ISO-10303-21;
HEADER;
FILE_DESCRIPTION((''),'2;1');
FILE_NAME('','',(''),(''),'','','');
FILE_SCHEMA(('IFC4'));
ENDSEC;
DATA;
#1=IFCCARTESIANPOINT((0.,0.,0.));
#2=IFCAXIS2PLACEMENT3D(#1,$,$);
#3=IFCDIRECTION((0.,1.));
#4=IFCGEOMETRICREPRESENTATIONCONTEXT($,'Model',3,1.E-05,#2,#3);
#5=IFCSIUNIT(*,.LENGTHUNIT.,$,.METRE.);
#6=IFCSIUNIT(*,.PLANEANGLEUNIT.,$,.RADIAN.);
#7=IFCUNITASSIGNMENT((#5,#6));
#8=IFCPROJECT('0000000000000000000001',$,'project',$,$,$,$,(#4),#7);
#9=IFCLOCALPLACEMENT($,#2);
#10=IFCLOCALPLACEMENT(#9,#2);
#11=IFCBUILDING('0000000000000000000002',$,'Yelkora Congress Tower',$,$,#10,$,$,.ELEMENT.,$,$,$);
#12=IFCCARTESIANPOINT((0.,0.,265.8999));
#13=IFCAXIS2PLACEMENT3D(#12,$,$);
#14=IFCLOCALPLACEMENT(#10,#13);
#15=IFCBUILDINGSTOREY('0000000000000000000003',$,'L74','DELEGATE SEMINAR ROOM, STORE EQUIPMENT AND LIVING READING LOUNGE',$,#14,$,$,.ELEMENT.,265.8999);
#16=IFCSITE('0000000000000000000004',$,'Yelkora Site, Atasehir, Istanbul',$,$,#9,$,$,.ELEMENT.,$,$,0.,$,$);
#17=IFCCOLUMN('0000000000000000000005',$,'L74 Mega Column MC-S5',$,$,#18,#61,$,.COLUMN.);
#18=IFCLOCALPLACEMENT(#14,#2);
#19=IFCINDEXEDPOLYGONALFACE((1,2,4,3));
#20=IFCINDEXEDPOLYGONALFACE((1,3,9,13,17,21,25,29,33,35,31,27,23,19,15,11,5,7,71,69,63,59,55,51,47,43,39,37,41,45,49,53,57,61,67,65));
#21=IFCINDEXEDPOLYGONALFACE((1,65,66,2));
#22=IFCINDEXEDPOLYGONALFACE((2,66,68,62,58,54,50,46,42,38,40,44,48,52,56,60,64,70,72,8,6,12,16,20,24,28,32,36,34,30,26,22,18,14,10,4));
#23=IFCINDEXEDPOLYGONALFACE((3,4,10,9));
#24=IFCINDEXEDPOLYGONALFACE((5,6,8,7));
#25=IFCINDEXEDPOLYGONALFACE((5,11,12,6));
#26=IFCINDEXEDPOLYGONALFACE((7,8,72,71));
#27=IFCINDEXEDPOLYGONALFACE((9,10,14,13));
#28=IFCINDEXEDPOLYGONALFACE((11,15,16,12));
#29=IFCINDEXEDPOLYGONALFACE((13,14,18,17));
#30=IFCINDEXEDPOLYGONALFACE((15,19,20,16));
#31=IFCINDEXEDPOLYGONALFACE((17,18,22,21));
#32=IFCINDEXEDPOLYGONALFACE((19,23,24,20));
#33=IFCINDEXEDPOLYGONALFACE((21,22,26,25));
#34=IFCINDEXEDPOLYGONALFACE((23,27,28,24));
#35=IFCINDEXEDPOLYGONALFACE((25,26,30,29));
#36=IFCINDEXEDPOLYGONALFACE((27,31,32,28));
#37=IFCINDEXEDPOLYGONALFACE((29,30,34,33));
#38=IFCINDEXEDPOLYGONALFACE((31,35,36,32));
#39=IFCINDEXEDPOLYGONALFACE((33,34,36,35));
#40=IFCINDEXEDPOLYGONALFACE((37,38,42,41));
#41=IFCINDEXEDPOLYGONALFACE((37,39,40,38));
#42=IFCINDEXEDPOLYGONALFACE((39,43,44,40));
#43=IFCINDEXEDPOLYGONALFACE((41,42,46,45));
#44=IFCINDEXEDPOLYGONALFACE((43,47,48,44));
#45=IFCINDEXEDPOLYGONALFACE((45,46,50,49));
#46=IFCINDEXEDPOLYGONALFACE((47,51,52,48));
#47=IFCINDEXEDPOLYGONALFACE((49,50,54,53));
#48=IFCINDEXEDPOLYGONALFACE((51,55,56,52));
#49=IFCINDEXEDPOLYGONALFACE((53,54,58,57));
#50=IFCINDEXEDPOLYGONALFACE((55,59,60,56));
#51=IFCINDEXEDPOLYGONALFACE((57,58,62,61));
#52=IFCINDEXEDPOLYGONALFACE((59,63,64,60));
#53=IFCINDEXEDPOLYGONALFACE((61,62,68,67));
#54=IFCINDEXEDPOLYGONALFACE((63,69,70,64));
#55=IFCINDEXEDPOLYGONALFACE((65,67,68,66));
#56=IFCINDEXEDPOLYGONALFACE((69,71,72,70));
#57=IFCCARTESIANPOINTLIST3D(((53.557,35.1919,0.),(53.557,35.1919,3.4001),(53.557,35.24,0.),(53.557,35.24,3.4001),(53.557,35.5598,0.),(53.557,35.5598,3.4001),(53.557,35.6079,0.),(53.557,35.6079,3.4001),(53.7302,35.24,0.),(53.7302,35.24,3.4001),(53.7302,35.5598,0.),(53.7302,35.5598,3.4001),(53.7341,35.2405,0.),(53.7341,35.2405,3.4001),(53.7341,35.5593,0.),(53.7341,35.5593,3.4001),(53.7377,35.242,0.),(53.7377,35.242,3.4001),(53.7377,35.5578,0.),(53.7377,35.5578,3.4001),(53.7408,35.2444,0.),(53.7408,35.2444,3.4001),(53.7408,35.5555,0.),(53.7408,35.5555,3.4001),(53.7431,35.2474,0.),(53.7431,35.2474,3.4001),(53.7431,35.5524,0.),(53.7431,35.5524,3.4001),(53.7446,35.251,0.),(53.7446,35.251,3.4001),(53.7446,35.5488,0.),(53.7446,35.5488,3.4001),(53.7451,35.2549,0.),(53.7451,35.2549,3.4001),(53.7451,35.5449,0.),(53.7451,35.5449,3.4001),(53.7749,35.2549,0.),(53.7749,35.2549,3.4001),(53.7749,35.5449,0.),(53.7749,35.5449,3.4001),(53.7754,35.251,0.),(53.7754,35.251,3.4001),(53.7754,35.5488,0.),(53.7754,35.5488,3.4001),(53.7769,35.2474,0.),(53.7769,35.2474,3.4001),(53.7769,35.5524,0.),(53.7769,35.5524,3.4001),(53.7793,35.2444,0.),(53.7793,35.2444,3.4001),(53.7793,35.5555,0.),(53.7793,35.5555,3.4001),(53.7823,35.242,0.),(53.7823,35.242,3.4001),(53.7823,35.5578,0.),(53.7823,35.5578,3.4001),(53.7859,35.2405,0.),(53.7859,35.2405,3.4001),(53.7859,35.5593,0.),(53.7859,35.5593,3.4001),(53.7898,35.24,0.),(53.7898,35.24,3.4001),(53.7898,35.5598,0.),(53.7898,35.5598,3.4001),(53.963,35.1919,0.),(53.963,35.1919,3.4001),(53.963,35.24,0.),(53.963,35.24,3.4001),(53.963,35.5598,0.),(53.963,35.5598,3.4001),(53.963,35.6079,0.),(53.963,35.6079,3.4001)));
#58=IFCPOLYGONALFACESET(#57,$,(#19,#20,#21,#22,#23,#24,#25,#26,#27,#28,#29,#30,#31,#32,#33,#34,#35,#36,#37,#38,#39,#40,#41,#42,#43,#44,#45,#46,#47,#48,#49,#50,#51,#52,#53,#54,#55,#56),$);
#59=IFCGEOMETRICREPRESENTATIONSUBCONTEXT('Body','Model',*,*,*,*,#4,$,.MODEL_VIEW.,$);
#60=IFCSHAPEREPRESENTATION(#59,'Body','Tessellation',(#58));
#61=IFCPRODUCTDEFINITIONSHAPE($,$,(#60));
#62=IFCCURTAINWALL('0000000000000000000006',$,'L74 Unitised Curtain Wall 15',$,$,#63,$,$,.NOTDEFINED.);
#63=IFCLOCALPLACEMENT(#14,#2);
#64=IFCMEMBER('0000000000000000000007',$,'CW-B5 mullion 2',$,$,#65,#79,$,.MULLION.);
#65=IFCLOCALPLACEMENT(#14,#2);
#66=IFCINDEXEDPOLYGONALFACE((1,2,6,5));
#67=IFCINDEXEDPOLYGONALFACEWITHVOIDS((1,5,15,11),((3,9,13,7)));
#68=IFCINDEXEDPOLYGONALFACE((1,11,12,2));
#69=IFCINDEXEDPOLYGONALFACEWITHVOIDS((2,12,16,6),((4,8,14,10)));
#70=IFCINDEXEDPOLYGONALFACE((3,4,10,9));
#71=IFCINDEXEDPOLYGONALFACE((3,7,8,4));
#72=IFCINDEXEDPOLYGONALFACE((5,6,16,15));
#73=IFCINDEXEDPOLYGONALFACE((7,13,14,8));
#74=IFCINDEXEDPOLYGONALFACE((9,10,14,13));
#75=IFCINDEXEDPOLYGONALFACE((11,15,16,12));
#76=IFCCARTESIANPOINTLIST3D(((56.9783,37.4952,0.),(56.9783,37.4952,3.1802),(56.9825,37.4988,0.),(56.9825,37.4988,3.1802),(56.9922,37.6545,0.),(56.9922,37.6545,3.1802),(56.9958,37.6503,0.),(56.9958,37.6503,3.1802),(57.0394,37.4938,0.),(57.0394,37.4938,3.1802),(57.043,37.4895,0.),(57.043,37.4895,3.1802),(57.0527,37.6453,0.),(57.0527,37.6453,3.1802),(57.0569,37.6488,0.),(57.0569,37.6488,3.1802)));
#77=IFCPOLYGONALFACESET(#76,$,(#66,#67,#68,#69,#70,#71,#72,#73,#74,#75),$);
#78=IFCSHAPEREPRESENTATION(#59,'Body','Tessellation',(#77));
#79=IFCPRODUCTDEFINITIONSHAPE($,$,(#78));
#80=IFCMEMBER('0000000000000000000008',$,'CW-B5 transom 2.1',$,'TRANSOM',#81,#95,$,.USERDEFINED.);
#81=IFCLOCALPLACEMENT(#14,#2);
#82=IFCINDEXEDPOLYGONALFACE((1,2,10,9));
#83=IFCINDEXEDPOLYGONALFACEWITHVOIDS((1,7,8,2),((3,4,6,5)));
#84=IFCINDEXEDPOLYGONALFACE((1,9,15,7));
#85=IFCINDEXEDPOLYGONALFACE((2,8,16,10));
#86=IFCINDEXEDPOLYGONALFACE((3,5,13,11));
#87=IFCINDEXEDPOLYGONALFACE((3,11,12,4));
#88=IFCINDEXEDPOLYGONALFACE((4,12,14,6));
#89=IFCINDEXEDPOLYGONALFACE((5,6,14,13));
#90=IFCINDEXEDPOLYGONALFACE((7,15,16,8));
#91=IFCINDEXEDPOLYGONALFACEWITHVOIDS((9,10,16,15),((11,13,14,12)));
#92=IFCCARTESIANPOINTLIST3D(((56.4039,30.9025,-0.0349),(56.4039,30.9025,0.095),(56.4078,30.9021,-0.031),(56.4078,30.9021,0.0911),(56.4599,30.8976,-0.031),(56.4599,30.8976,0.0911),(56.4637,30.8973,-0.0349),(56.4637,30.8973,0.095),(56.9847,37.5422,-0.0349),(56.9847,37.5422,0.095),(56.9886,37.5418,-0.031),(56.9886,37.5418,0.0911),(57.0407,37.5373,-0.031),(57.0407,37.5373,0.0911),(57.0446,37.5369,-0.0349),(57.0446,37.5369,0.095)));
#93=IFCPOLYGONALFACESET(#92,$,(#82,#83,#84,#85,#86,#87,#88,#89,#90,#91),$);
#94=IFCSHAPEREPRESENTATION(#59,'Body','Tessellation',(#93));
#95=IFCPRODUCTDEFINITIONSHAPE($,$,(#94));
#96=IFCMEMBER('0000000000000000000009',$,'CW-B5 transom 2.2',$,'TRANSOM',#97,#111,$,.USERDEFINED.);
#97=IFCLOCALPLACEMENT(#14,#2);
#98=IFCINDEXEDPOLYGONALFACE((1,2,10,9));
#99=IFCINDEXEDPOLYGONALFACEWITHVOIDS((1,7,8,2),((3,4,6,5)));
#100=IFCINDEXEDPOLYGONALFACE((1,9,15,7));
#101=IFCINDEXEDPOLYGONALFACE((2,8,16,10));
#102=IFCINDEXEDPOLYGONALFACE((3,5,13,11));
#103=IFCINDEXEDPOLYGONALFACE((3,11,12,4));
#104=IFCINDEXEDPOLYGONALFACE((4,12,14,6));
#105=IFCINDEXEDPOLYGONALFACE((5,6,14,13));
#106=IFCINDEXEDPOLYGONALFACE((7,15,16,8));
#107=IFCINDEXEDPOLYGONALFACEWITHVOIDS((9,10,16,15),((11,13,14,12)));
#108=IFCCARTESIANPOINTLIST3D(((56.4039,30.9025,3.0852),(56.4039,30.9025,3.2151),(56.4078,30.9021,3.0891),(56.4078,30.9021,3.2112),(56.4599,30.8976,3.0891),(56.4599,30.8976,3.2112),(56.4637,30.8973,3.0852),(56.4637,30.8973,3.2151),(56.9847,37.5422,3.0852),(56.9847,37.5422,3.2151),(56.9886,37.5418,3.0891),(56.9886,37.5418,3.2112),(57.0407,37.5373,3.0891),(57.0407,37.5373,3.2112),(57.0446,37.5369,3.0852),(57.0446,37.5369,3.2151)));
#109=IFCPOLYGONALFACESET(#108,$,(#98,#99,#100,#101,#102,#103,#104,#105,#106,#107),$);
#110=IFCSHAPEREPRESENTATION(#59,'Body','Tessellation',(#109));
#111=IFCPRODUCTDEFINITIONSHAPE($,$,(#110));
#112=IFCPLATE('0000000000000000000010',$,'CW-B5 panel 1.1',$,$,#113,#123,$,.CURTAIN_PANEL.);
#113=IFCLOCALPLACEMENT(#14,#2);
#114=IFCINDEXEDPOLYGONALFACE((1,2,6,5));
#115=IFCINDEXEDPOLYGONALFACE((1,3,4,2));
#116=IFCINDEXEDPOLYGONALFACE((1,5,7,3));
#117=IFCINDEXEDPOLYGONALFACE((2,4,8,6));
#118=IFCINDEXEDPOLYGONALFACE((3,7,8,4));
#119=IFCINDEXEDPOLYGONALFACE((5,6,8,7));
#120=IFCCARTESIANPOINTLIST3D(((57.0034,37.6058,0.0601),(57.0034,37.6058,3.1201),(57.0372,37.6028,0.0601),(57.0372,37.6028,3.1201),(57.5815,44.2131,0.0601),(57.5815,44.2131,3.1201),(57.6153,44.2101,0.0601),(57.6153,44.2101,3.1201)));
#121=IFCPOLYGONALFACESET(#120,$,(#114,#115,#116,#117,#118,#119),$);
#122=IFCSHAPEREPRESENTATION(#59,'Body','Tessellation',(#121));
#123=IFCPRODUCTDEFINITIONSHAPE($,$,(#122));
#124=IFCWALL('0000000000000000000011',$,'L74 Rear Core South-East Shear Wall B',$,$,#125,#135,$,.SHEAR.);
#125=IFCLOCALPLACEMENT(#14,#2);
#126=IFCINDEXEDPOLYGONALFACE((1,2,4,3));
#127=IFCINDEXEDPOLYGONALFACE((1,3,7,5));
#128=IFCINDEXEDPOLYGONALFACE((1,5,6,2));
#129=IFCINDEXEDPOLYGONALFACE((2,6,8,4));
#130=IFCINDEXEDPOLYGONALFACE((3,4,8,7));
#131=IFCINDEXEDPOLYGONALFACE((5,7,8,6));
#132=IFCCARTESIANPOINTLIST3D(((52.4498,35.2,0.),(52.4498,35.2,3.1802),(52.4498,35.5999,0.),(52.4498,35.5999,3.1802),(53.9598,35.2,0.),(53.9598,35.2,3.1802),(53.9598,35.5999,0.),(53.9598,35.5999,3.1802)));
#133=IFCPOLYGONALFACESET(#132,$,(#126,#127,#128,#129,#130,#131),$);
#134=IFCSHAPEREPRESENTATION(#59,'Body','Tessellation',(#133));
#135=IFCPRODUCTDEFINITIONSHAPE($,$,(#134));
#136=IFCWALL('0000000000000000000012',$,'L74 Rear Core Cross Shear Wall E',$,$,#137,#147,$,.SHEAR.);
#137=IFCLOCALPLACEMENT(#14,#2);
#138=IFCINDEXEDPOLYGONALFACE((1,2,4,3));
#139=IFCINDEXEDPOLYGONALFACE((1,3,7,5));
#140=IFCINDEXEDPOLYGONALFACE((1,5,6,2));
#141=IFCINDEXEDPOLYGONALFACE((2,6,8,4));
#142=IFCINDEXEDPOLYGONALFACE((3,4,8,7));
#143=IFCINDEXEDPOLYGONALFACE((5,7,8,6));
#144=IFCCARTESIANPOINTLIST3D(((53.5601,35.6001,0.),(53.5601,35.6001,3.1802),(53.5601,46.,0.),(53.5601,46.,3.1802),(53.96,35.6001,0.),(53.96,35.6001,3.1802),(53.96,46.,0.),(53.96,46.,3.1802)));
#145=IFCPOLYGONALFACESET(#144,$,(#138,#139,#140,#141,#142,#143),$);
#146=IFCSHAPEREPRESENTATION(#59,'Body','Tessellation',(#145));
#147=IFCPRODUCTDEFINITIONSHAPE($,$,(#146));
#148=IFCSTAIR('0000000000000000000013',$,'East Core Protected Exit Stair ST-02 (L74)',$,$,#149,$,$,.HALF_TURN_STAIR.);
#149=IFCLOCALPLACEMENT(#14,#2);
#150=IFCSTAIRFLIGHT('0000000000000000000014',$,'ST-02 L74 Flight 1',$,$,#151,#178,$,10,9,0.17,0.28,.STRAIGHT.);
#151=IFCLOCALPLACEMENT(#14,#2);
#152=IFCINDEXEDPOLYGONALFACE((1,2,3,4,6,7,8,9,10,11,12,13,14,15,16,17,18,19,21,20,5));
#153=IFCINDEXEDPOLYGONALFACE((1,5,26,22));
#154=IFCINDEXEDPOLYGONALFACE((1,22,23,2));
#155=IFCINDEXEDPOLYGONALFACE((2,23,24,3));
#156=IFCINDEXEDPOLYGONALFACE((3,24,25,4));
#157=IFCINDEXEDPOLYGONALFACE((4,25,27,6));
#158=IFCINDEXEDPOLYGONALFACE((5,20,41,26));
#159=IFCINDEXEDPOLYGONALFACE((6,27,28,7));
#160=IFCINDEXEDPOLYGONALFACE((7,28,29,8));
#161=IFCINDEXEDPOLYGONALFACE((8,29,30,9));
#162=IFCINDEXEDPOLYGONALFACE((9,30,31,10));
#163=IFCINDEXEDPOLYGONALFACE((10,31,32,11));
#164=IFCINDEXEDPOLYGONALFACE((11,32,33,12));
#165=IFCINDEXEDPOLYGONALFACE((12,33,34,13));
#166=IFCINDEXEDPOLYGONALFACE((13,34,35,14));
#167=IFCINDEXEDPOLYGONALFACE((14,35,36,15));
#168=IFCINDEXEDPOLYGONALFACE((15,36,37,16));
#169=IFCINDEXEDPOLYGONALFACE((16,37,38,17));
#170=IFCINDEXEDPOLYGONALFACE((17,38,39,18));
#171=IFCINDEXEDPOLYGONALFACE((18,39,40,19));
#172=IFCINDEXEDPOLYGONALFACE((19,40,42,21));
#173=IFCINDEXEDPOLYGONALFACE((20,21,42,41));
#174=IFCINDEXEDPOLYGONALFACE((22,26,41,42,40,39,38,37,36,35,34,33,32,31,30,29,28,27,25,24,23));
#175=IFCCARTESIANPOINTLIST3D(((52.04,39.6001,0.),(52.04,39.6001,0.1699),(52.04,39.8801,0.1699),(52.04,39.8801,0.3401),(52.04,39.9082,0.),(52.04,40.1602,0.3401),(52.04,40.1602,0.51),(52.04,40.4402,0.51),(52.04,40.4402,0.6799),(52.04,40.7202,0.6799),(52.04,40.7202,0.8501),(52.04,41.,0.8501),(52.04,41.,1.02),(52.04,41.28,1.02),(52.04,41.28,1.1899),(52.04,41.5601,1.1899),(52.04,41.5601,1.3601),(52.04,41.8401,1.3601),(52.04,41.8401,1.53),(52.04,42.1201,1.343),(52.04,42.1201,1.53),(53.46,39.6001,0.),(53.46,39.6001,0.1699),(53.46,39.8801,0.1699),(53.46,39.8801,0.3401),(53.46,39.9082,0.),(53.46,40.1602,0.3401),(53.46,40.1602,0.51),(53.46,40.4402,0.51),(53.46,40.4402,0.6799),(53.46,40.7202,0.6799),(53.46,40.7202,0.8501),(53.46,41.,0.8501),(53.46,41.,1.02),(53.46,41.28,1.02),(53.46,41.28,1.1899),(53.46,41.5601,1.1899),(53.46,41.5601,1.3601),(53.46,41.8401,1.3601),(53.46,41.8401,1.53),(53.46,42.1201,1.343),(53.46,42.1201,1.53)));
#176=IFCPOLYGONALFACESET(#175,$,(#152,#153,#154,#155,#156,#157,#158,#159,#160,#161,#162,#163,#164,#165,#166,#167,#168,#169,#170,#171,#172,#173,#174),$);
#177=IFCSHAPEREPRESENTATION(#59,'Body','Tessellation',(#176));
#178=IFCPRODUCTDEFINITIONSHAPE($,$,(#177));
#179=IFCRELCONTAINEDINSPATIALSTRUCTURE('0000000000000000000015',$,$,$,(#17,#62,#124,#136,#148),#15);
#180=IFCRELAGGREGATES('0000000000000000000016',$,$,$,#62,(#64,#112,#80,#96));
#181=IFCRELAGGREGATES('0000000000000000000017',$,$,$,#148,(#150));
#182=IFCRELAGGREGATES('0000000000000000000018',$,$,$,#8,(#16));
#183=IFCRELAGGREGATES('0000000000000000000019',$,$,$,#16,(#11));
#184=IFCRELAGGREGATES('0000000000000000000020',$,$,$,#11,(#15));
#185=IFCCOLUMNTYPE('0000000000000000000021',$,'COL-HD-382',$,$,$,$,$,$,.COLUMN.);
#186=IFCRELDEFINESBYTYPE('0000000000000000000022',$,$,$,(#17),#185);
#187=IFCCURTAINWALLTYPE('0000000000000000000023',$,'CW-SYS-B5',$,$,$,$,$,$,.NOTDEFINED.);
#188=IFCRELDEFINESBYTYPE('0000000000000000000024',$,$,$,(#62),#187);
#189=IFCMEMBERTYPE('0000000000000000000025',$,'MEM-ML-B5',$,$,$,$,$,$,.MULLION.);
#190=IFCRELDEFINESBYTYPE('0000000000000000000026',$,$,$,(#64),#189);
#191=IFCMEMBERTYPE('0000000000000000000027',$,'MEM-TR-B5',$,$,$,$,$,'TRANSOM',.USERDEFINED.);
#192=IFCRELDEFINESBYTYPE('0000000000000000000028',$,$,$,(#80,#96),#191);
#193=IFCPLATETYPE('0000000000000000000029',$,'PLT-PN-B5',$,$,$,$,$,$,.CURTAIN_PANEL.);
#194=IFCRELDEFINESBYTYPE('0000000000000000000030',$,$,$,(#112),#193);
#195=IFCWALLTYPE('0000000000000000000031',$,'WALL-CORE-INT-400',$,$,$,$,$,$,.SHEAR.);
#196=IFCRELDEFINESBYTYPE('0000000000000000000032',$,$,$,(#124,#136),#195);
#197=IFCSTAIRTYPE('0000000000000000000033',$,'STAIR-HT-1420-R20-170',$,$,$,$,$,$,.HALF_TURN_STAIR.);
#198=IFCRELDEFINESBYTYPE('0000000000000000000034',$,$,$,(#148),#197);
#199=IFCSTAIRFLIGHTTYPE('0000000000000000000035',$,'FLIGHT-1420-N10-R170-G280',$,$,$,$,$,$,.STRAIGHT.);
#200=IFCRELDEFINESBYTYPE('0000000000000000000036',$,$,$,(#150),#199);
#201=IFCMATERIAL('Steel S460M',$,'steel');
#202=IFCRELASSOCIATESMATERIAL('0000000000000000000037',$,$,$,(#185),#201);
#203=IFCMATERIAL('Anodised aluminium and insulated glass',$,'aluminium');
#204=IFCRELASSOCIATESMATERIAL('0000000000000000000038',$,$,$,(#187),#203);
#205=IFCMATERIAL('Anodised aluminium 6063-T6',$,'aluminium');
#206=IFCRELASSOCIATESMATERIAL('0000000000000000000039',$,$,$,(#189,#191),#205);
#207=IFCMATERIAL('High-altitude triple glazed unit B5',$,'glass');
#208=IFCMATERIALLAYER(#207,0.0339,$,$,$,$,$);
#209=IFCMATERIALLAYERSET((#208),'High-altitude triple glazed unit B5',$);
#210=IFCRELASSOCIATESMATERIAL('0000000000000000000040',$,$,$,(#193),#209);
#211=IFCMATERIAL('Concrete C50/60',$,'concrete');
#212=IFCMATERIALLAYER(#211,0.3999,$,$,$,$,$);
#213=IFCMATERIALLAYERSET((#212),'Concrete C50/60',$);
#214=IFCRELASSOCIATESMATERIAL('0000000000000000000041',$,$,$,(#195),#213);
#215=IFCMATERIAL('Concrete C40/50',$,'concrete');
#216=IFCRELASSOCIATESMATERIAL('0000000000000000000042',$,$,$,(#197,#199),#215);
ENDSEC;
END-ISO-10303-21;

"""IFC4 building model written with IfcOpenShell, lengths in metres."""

from ifc_helpers import new_model, si_unit, direction, frame, frame_2d, origin, origin_2d, place, context, subcontext, project, spatial, polyline, rectangle, hollow_rectangle, i_section, outline, extrude, material, layer, layer_set, material_profile, profile_set, type_object, element, aggregate, save


model = new_model("IFC4")

# Units and contexts
model_context = context("Model", 3, precision=1e-05, world=origin(), true_north=direction((0.0, 1.0)))
body_context = subcontext(model_context, "Body", "Model", "MODEL_VIEW")
ifc_project = project(units=[si_unit("LENGTHUNIT", "METRE"), si_unit("PLANEANGLEUNIT", "RADIAN")], contexts=[model_context])

# Site, building, storey
site_placement = place(None, origin())
site = spatial("IfcSite", under=ifc_project, at=site_placement, Name="Yelkora Site, Atasehir, Istanbul", CompositionType="ELEMENT", RefElevation=0.0)
building_placement = place(site_placement, origin())
building = spatial("IfcBuilding", under=site, at=building_placement, Name="Yelkora Congress Tower", CompositionType="ELEMENT")
storey_placement = place(building_placement, frame((0.0, 0.0, 265.8999)))
storey = spatial("IfcBuildingStorey", under=building, at=storey_placement, Name="L74", Description="DELEGATE SEMINAR ROOM, STORE EQUIPMENT AND LIVING READING LOUNGE", CompositionType="ELEMENT", Elevation=265.8999)

# Column
ifc_material_1 = material(Name="Steel S460M", Category="steel")
ifc_material_profile_1 = material_profile(ifc_material_1, i_section(OverallWidth=0.406, OverallDepth=0.416, WebThickness=0.0298, FlangeThickness=0.0481, FilletRadius=0.0149, at=origin_2d()), Name="HD 400x382")
ifc_profile_set_1 = profile_set([ifc_material_profile_1], Name="Steel S460M")
column_type = type_object("IfcColumnType", Name="COL-HD-382", PredefinedType="COLUMN", material=ifc_profile_set_1)
column_placement = place(storey_placement, frame((53.76, 35.3999, 0.0), z_axis=(0.0, 0.0, 1.0), x_axis=(1.0, 0.0, 0.0)))
element("IfcColumn", 1, at=column_placement, inside=storey, type_object=column_type, Name="L74 Mega Column MC-S5", PredefinedType="COLUMN", context=body_context, shape_type="SweptSolid", body=[
    extrude(i_section(OverallWidth=0.406, OverallDepth=0.416, WebThickness=0.0298, FlangeThickness=0.0481, FilletRadius=0.0149, at=origin_2d()), origin(), (0.0, 0.0, 1.0), 3.4001),
])

# Curtain wall, members, plate
ifc_material_2 = material(Name="Anodised aluminium and insulated glass", Category="aluminium")
curtain_wall_type = type_object("IfcCurtainWallType", Name="CW-SYS-B5", PredefinedType="NOTDEFINED", material=ifc_material_2)
curtain_wall_placement = place(storey_placement, origin())
curtain_wall = element("IfcCurtainWall", 2, at=curtain_wall_placement, inside=storey, type_object=curtain_wall_type, Name="L74 Unitised Curtain Wall 15", PredefinedType="NOTDEFINED")
ifc_material_3 = material(Name="Anodised aluminium 6063-T6", Category="aluminium")
ifc_material_profile_2 = material_profile(ifc_material_3, hollow_rectangle(XDim=0.0649, YDim=0.1599, WallThickness=0.0039, at=origin_2d()), Name="ALU 65x160x4")
ifc_profile_set_2 = profile_set([ifc_material_profile_2], Name="Anodised aluminium 6063-T6")
member_type_1 = type_object("IfcMemberType", Name="MEM-ML-B5", PredefinedType="MULLION", material=ifc_profile_set_2)
member_1_placement = place(storey_placement, frame((57.0176, 37.572, 0.0), z_axis=(0.0, 0.0, 1.0), x_axis=(0.996194, -0.087158, 0.0)))
member_1 = element("IfcMember", 3, at=member_1_placement, type_object=member_type_1, Name="CW-B5 mullion 2", PredefinedType="MULLION", context=body_context, shape_type="SweptSolid", body=[
    extrude(hollow_rectangle(XDim=0.0649, YDim=0.1599, WallThickness=0.0039, at=origin_2d()), origin(), (0.0, 0.0, 1.0), 3.1802),
])
ifc_material_profile_3 = material_profile(ifc_material_3, hollow_rectangle(XDim=0.0601, YDim=0.1299, WallThickness=0.0039, at=origin_2d()), Name="ALU 60x130x4")
ifc_profile_set_3 = profile_set([ifc_material_profile_3], Name="Anodised aluminium 6063-T6")
member_type_2 = type_object("IfcMemberType", Name="MEM-TR-B5", ElementType="TRANSOM", PredefinedType="USERDEFINED", material=ifc_profile_set_3)
member_2_placement = place(storey_placement, frame((57.0146, 37.5396, 0.03), z_axis=(-0.087143, -0.996196, 0.0), x_axis=(0.996196, -0.087143, 0.0)))
member_2 = element("IfcMember", 4, at=member_2_placement, type_object=member_type_2, Name="CW-B5 transom 2.1", ObjectType="TRANSOM", PredefinedType="USERDEFINED", context=body_context, shape_type="SweptSolid", body=[
    extrude(hollow_rectangle(XDim=0.0601, YDim=0.1299, WallThickness=0.0039, at=origin_2d()), origin(), (0.0, 0.0, 1.0), 6.665),
])
member_3_placement = place(storey_placement, frame((57.0146, 37.5396, 3.1501), z_axis=(-0.087143, -0.996196, 0.0), x_axis=(0.996196, -0.087143, 0.0)))
member_3 = element("IfcMember", 5, at=member_3_placement, type_object=member_type_2, Name="CW-B5 transom 2.2", ObjectType="TRANSOM", PredefinedType="USERDEFINED", context=body_context, shape_type="SweptSolid", body=[
    extrude(hollow_rectangle(XDim=0.0601, YDim=0.1299, WallThickness=0.0039, at=origin_2d()), origin(), (0.0, 0.0, 1.0), 6.665),
])
ifc_material_4 = material(Name="High-altitude triple glazed unit B5", Category="glass")
ifc_layer_1 = layer(ifc_material_4, 0.0339)
ifc_layer_set_1 = layer_set([ifc_layer_1], Name="High-altitude triple glazed unit B5")
plate_type = type_object("IfcPlateType", Name="PLT-PN-B5", PredefinedType="CURTAIN_PANEL", material=ifc_layer_set_1)
plate_placement = place(storey_placement, frame((57.3093, 40.908, 0.0601), z_axis=(0.0, 0.0, 1.0), x_axis=(-0.087158, -0.996194, 0.0)))
plate = element("IfcPlate", 6, at=plate_placement, type_object=plate_type, Name="CW-B5 panel 1.1", PredefinedType="CURTAIN_PANEL", context=body_context, shape_type="SweptSolid", body=[
    extrude(rectangle(XDim=6.6326, YDim=0.0339, at=origin_2d()), origin(), (0.0, 0.0, 1.0), 3.0601),
])
aggregate(curtain_wall, [member_1, plate, member_2, member_3])

# Walls
ifc_material_5 = material(Name="Concrete C50/60", Category="concrete")
ifc_layer_2 = layer(ifc_material_5, 0.3999)
ifc_layer_set_2 = layer_set([ifc_layer_2], Name="Concrete C50/60")
wall_type = type_object("IfcWallType", Name="WALL-CORE-INT-400", PredefinedType="SHEAR", material=ifc_layer_set_2)
wall_1_placement = place(storey_placement, frame((52.45, 35.3999, 0.0), z_axis=(0.0, 0.0, 1.0), x_axis=(1.0, 0.0, 0.0)))
element("IfcWall", 7, at=wall_1_placement, inside=storey, type_object=wall_type, Name="L74 Rear Core South-East Shear Wall B", PredefinedType="SHEAR", context=body_context, shape_type="SweptSolid", body=[
    extrude(rectangle(XDim=1.51, YDim=0.3999, at=frame_2d((0.7549, 0.0))), origin(), (0.0, 0.0, 1.0), 3.1802),
])
wall_2_placement = place(storey_placement, frame((53.76, 35.6001, 0.0), z_axis=(0.0, 0.0, 1.0), x_axis=(0.0, 1.0, 0.0)))
element("IfcWall", 8, at=wall_2_placement, inside=storey, type_object=wall_type, Name="L74 Rear Core Cross Shear Wall E", PredefinedType="SHEAR", context=body_context, shape_type="SweptSolid", body=[
    extrude(rectangle(XDim=10.3999, YDim=0.3999, at=frame_2d((5.2, 0.0))), origin(), (0.0, 0.0, 1.0), 3.1802),
])

# Stair, stair flight
ifc_material_6 = material(Name="Concrete C40/50", Category="concrete")
stair_type = type_object("IfcStairType", Name="STAIR-HT-1420-R20-170", PredefinedType="HALF_TURN_STAIR", material=ifc_material_6)
stair_placement = place(storey_placement, origin())
stair = element("IfcStair", 9, at=stair_placement, inside=storey, type_object=stair_type, Name="East Core Protected Exit Stair ST-02 (L74)", PredefinedType="HALF_TURN_STAIR")
stair_flight_type = type_object("IfcStairFlightType", Name="FLIGHT-1420-N10-R170-G280", PredefinedType="STRAIGHT", material=ifc_material_6)
stair_flight_1_placement = place(storey_placement, frame((52.75, 39.6001, 0.0), z_axis=(0.0, 0.0, 1.0), x_axis=(0.0, 1.0, 0.0)))
stair_flight_1 = element("IfcStairFlight", 10, at=stair_flight_1_placement, type_object=stair_flight_type, Name="ST-02 L74 Flight 1", NumberOfRisers=10, NumberOfTreads=9, PredefinedType="STRAIGHT", RiserHeight=0.17, TreadLength=0.28, context=body_context, shape_type="SweptSolid", body=[
    extrude(outline(polyline([(0.0, 0.0), (0.0, 0.1699), (0.28, 0.1699), (0.28, 0.3401), (0.5601, 0.3401), (0.5601, 0.51), (0.8401, 0.51), (0.8401, 0.6799), (1.1201, 0.6799), (1.1201, 0.8501), (1.3999, 0.8501), (1.3999, 1.02), (1.6799, 1.02), (1.6799, 1.1899), (1.96, 1.1899), (1.96, 1.3601), (2.24, 1.3601), (2.24, 1.53), (2.52, 1.53), (2.52, 1.7), (2.52, 1.343), (0.3081, 0.0), (0.0, 0.0)])), frame((0.0, 0.71, 0.0), z_axis=(0.0, -1.0, 0.0), x_axis=(1.0, 0.0, 0.0)), (0.0, 0.0, 1.0), 1.4199),
])
aggregate(stair, [stair_flight_1])

save(model, "model.ifc")
